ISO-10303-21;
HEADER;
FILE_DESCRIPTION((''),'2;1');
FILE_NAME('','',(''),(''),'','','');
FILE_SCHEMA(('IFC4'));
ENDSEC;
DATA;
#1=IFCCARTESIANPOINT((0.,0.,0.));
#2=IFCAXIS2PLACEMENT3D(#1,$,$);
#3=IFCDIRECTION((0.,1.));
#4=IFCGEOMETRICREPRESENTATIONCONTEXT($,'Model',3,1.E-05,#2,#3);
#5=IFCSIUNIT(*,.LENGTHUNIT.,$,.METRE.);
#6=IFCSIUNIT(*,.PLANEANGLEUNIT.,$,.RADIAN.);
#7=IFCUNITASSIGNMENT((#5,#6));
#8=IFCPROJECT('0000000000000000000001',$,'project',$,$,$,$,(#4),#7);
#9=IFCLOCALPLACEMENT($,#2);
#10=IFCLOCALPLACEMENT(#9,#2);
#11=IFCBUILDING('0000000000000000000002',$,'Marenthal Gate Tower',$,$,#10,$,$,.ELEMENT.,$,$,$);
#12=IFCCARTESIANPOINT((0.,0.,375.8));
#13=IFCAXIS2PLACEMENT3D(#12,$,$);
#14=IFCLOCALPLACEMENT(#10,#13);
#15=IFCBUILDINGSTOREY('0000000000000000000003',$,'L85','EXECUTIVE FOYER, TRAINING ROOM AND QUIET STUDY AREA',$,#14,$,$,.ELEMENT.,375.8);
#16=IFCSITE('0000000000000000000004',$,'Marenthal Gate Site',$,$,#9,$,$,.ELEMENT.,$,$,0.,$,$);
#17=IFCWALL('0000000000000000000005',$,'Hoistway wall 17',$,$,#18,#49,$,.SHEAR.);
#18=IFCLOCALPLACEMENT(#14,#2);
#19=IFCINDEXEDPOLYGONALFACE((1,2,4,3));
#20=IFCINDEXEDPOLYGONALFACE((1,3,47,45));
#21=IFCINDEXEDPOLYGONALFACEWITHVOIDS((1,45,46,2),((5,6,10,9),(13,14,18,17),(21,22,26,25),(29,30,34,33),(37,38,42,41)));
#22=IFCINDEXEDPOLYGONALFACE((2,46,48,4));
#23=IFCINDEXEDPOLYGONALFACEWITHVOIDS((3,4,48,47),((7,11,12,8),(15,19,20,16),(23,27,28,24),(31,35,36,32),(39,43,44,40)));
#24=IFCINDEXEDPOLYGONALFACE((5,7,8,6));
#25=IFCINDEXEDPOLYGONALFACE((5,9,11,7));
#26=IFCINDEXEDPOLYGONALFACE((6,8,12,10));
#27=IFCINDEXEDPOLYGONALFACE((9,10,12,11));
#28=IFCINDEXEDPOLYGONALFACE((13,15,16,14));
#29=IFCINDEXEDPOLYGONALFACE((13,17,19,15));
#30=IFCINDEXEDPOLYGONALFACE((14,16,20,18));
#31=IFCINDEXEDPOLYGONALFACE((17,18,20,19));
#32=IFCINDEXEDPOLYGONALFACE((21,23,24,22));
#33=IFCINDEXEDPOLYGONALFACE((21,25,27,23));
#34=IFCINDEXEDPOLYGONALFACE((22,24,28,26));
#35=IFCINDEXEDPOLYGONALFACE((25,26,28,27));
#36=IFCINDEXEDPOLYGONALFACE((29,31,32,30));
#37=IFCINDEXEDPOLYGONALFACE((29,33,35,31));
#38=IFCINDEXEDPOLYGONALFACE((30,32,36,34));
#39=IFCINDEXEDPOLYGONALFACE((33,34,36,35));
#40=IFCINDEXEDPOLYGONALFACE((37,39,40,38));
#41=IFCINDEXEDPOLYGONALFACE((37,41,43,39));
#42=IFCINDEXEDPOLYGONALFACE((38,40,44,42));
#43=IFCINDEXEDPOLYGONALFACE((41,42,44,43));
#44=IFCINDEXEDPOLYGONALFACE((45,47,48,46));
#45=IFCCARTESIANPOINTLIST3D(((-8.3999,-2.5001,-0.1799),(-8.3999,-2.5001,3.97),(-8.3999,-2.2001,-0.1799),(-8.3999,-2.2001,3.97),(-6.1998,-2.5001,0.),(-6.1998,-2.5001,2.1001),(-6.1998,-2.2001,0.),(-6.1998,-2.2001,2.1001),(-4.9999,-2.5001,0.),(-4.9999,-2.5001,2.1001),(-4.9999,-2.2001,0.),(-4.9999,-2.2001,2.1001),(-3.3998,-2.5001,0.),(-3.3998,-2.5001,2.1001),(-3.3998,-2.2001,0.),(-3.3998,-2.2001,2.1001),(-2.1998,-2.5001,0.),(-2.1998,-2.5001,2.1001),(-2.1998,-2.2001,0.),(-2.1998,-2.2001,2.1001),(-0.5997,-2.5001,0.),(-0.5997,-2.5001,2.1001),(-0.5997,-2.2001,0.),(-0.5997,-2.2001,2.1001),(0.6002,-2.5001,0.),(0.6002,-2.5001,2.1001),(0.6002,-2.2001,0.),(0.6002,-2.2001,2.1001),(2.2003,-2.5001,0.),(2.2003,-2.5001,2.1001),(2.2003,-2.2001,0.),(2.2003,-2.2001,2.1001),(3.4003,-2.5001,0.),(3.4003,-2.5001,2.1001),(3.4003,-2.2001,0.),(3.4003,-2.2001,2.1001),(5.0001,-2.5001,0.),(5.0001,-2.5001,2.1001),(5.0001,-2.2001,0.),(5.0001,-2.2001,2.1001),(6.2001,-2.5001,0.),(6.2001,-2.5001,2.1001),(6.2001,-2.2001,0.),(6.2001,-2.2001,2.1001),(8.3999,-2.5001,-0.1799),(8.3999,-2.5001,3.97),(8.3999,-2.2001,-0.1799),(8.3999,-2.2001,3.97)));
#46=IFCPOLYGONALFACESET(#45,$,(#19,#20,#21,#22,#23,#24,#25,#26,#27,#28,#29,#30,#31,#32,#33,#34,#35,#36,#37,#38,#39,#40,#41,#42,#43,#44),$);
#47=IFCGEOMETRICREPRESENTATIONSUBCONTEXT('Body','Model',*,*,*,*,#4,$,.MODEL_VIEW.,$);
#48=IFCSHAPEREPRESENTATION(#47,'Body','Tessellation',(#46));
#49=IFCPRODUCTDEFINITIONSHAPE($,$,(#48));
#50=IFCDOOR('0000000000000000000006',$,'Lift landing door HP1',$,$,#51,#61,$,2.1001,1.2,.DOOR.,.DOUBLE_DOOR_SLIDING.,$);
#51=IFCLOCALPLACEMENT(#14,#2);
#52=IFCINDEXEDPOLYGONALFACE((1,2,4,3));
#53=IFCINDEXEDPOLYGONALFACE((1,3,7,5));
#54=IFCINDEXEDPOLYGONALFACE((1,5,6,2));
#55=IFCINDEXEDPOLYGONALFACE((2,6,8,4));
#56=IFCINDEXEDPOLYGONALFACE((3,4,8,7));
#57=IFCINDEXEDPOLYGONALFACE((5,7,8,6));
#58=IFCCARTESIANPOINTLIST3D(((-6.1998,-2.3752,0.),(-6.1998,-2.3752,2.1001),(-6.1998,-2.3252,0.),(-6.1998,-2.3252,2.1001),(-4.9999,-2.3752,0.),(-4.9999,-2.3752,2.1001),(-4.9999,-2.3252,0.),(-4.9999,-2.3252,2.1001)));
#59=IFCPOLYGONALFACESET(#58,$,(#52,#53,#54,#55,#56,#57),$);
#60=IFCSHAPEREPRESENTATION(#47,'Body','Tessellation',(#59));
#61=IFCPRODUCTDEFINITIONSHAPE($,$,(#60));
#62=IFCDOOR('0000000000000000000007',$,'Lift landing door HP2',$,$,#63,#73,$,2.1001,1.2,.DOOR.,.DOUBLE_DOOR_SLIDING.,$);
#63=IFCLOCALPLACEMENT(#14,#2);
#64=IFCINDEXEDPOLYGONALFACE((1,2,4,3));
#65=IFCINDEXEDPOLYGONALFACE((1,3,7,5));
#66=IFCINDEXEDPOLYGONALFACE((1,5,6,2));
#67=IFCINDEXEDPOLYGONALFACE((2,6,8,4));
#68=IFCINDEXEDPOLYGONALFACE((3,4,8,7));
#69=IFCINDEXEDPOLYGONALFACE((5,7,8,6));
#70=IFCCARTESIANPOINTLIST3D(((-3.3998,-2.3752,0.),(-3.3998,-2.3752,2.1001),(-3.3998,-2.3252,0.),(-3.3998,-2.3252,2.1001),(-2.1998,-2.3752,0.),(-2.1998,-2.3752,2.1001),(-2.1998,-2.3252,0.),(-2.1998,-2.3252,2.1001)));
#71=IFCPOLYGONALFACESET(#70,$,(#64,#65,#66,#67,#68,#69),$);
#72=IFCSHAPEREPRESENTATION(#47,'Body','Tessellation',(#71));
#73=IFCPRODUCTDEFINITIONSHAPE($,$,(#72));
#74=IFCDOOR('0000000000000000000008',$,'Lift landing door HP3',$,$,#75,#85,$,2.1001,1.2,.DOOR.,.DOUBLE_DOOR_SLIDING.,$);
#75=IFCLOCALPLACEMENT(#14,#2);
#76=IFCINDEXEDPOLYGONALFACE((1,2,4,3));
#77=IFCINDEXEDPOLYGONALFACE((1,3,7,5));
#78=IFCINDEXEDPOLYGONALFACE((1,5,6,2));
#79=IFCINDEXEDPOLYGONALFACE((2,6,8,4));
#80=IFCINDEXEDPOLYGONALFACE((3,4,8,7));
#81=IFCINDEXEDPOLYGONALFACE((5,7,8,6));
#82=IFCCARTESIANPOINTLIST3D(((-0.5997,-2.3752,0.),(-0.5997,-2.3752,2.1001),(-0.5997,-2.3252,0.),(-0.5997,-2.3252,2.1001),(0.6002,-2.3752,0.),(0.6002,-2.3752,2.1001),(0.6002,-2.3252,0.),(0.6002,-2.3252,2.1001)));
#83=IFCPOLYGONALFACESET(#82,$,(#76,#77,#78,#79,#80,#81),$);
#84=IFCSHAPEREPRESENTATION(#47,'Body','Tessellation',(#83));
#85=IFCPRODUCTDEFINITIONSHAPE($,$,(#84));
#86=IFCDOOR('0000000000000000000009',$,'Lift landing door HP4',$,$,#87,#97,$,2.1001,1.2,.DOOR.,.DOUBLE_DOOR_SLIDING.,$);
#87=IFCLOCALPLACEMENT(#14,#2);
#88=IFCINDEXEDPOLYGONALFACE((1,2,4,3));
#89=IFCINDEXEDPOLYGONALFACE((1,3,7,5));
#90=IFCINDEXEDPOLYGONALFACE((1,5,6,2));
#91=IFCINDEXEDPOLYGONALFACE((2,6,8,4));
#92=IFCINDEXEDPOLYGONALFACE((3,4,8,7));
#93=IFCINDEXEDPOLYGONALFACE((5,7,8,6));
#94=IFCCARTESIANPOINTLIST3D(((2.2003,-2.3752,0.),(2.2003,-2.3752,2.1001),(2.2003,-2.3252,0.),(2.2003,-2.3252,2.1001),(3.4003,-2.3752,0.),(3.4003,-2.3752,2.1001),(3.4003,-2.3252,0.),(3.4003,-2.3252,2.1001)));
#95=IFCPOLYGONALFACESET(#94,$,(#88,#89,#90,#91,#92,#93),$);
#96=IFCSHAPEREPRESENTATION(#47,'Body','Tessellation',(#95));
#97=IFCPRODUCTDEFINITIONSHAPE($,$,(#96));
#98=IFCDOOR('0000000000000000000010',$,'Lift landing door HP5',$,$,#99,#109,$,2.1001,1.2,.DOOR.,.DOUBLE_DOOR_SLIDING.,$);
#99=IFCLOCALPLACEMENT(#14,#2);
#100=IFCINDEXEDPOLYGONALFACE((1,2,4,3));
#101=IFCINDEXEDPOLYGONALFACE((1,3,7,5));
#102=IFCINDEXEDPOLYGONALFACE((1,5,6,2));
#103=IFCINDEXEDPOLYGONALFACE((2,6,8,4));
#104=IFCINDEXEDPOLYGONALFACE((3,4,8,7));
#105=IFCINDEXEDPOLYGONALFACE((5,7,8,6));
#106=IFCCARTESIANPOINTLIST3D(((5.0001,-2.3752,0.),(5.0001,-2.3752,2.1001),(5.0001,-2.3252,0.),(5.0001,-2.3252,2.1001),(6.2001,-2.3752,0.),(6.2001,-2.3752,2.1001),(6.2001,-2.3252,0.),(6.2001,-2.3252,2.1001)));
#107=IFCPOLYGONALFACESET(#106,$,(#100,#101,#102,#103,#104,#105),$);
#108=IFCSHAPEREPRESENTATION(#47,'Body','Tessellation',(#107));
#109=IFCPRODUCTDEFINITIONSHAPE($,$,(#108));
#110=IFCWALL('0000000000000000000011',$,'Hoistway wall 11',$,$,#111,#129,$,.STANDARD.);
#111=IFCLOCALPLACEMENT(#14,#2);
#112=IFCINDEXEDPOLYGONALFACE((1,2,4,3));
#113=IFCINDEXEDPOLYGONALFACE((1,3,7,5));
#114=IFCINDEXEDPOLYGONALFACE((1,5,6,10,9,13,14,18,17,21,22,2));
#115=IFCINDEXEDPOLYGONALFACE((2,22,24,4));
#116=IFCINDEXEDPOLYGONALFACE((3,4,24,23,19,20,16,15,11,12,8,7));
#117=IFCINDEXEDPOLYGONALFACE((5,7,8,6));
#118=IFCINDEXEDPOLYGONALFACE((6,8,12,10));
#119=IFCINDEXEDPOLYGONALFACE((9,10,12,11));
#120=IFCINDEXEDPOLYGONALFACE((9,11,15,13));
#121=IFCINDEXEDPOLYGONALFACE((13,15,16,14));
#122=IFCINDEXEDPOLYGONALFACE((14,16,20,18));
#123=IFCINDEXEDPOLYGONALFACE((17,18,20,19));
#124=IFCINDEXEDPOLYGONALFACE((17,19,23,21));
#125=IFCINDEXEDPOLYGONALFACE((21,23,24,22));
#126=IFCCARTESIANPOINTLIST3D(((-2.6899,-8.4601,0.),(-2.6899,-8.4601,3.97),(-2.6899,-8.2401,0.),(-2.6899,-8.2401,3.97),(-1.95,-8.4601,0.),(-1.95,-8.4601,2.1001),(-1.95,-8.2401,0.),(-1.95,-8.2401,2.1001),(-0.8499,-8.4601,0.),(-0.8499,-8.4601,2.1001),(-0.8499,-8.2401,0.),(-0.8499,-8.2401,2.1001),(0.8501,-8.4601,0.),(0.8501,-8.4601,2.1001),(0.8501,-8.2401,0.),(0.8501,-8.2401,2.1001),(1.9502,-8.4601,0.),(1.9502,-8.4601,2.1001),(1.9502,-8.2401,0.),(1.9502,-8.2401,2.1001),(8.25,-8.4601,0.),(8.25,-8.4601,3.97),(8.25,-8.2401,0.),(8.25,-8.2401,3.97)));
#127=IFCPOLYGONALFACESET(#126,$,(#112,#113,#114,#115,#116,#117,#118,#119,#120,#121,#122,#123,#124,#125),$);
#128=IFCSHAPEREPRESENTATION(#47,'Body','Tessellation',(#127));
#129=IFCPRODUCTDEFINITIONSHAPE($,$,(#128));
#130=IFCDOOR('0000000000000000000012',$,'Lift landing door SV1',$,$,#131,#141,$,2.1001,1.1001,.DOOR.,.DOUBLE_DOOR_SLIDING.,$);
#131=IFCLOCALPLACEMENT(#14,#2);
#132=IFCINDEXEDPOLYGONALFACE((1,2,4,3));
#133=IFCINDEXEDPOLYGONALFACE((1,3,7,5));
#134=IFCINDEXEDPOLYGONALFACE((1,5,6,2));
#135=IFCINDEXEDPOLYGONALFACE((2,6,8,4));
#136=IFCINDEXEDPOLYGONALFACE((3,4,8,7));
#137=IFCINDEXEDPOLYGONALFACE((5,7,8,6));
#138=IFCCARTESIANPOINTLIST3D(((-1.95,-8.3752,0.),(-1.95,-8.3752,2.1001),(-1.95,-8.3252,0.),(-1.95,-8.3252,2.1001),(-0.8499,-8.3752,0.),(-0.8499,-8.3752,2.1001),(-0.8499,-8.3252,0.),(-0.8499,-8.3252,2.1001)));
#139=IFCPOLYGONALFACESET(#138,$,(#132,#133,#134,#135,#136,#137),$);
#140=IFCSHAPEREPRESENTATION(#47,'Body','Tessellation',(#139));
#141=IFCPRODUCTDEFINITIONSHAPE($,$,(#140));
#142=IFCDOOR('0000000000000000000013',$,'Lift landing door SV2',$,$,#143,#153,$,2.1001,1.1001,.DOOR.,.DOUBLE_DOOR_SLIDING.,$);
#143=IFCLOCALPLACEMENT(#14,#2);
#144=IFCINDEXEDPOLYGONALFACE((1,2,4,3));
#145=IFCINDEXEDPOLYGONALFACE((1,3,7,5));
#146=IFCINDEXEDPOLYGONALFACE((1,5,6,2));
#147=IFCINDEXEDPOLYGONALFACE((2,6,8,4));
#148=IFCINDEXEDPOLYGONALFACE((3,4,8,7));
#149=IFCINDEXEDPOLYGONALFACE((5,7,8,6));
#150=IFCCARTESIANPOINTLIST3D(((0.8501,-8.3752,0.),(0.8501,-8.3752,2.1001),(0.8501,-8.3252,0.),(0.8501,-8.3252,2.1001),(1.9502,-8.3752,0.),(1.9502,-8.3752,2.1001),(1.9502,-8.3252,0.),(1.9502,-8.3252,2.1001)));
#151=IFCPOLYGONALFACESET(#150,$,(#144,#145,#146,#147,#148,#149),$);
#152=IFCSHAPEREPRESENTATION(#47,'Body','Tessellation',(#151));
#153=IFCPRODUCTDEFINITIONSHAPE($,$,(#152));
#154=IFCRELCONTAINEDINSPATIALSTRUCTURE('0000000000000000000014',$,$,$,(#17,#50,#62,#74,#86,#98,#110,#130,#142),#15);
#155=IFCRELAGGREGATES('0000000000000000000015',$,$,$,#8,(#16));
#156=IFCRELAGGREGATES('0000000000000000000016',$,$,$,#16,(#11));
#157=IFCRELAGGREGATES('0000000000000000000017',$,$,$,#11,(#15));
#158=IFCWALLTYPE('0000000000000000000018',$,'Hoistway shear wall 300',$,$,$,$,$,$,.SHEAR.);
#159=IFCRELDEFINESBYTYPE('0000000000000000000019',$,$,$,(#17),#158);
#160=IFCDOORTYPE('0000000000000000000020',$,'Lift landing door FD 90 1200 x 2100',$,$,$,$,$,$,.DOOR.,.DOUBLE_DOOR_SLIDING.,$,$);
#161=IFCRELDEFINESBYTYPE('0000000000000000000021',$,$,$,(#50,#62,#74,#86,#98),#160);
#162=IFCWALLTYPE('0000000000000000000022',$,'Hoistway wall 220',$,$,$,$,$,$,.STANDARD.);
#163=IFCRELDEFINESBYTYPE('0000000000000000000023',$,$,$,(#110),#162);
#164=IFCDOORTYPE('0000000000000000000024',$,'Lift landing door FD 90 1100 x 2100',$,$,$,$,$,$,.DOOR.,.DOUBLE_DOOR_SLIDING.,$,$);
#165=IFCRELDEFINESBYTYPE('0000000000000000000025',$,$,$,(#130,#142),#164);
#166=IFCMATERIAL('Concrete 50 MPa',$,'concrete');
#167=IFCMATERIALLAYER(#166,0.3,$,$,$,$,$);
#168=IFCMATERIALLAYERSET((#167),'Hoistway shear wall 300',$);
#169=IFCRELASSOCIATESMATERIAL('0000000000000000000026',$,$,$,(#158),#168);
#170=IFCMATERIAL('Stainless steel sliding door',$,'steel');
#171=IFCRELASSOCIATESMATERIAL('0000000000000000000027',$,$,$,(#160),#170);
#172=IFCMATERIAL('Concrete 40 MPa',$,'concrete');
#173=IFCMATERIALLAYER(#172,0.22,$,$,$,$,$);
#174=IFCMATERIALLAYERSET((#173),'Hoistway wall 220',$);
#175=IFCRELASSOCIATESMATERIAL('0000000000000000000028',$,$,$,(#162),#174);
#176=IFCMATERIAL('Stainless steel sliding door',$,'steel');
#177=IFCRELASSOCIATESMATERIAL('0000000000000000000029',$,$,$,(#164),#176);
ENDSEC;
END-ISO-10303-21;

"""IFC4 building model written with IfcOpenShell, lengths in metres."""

from ifc_helpers import new_model, si_unit, direction, frame, frame_2d, origin, place, context, subcontext, project, spatial, rectangle, extrude, material, layer, layer_set, type_object, element, fill, save


model = new_model("IFC4")

# Units and contexts
model_context = context("Model", 3, precision=1e-05, world=origin(), true_north=direction((0.0, 1.0)))
body_context = subcontext(model_context, "Body", "Model", "MODEL_VIEW")
ifc_project = project(units=[si_unit("LENGTHUNIT", "METRE"), si_unit("PLANEANGLEUNIT", "RADIAN")], contexts=[model_context])

# Site, building, storey
site_placement = place(None, origin())
site = spatial("IfcSite", under=ifc_project, at=site_placement, Name="Marenthal Gate Site", CompositionType="ELEMENT", RefElevation=0.0)
building_placement = place(site_placement, origin())
building = spatial("IfcBuilding", under=site, at=building_placement, Name="Marenthal Gate Tower", CompositionType="ELEMENT")
storey_placement = place(building_placement, frame((0.0, 0.0, 375.8)))
storey = spatial("IfcBuildingStorey", under=building, at=storey_placement, Name="L85", Description="EXECUTIVE FOYER, TRAINING ROOM AND QUIET STUDY AREA", CompositionType="ELEMENT", Elevation=375.8)

# Walls, openings, doors
ifc_material_1 = material(Name="Concrete 50 MPa", Category="concrete")
ifc_layer_1 = layer(ifc_material_1, 0.3)
ifc_layer_set_1 = layer_set([ifc_layer_1], Name="Hoistway shear wall 300")
wall_type_1 = type_object("IfcWallType", Name="Hoistway shear wall 300", PredefinedType="SHEAR", material=ifc_layer_set_1)
wall_1_placement = place(storey_placement, frame((-8.3999, -2.3501, -0.1799), z_axis=(0.0, 0.0, 1.0), x_axis=(1.0, 0.0, 0.0)))
wall_1 = element("IfcWall", 1, at=wall_1_placement, inside=storey, type_object=wall_type_1, Name="Hoistway wall 17", PredefinedType="SHEAR", context=body_context, shape_type="SweptSolid", body=[
    extrude(rectangle(XDim=16.7998, YDim=0.3, at=frame_2d((8.3999, 0.0))), origin(), (0.0, 0.0, 1.0), 4.1499),
])
opening_1_placement = place(wall_1_placement, frame((2.2, 0.0, 0.1799)))
opening_1 = element("IfcOpeningElement", 2, at=opening_1_placement, cuts=wall_1, PredefinedType="OPENING", context=body_context, shape_type="SweptSolid", body=[
    extrude(rectangle(XDim=1.2, YDim=2.1001, at=frame_2d((0.6001, 1.05))), frame((0.0, 0.1602, 0.0), z_axis=(0.0, -1.0, 0.0), x_axis=(1.0, 0.0, 0.0)), (0.0, 0.0, 1.0), 0.3201),
])
opening_2_placement = place(wall_1_placement, frame((5.0, 0.0, 0.1799)))
opening_2 = element("IfcOpeningElement", 3, at=opening_2_placement, cuts=wall_1, PredefinedType="OPENING", context=body_context, shape_type="SweptSolid", body=[
    extrude(rectangle(XDim=1.2, YDim=2.1001, at=frame_2d((0.6001, 1.05))), frame((0.0, 0.1602, 0.0), z_axis=(0.0, -1.0, 0.0), x_axis=(1.0, 0.0, 0.0)), (0.0, 0.0, 1.0), 0.3201),
])
opening_3_placement = place(wall_1_placement, frame((7.8, 0.0, 0.1799)))
opening_3 = element("IfcOpeningElement", 4, at=opening_3_placement, cuts=wall_1, PredefinedType="OPENING", context=body_context, shape_type="SweptSolid", body=[
    extrude(rectangle(XDim=1.2, YDim=2.1001, at=frame_2d((0.6001, 1.05))), frame((0.0, 0.1602, 0.0), z_axis=(0.0, -1.0, 0.0), x_axis=(1.0, 0.0, 0.0)), (0.0, 0.0, 1.0), 0.3201),
])
opening_4_placement = place(wall_1_placement, frame((10.6001, 0.0, 0.1799)))
opening_4 = element("IfcOpeningElement", 5, at=opening_4_placement, cuts=wall_1, PredefinedType="OPENING", context=body_context, shape_type="SweptSolid", body=[
    extrude(rectangle(XDim=1.2, YDim=2.1001, at=frame_2d((0.6001, 1.05))), frame((0.0, 0.1602, 0.0), z_axis=(0.0, -1.0, 0.0), x_axis=(1.0, 0.0, 0.0)), (0.0, 0.0, 1.0), 0.3201),
])
opening_5_placement = place(wall_1_placement, frame((13.3999, 0.0, 0.1799)))
opening_5 = element("IfcOpeningElement", 6, at=opening_5_placement, cuts=wall_1, PredefinedType="OPENING", context=body_context, shape_type="SweptSolid", body=[
    extrude(rectangle(XDim=1.2, YDim=2.1001, at=frame_2d((0.6001, 1.05))), frame((0.0, 0.1602, 0.0), z_axis=(0.0, -1.0, 0.0), x_axis=(1.0, 0.0, 0.0)), (0.0, 0.0, 1.0), 0.3201),
])
ifc_material_2 = material(Name="Stainless steel sliding door", Category="steel")
door_type_1 = type_object("IfcDoorType", Name="Lift landing door FD 90 1200 x 2100", OperationType="DOUBLE_DOOR_SLIDING", PredefinedType="DOOR", material=ifc_material_2)
door_1_placement = place(opening_1_placement, origin())
door_1 = element("IfcDoor", 7, at=door_1_placement, inside=storey, type_object=door_type_1, Name="Lift landing door HP1", OperationType="DOUBLE_DOOR_SLIDING", OverallHeight=2.1001, OverallWidth=1.2, PredefinedType="DOOR", context=body_context, shape_type="SweptSolid", body=[
    extrude(rectangle(XDim=1.2, YDim=2.1001, at=frame_2d((0.6001, 1.05))), frame((0.0, 0.0249, 0.0), z_axis=(0.0, -1.0, 0.0), x_axis=(1.0, 0.0, 0.0)), (0.0, 0.0, 1.0), 0.05),
])
fill(opening_1, door_1)
door_2_placement = place(opening_2_placement, origin())
door_2 = element("IfcDoor", 8, at=door_2_placement, inside=storey, type_object=door_type_1, Name="Lift landing door HP2", OperationType="DOUBLE_DOOR_SLIDING", OverallHeight=2.1001, OverallWidth=1.2, PredefinedType="DOOR", context=body_context, shape_type="SweptSolid", body=[
    extrude(rectangle(XDim=1.2, YDim=2.1001, at=frame_2d((0.6001, 1.05))), frame((0.0, 0.0249, 0.0), z_axis=(0.0, -1.0, 0.0), x_axis=(1.0, 0.0, 0.0)), (0.0, 0.0, 1.0), 0.05),
])
fill(opening_2, door_2)
door_3_placement = place(opening_3_placement, origin())
door_3 = element("IfcDoor", 9, at=door_3_placement, inside=storey, type_object=door_type_1, Name="Lift landing door HP3", OperationType="DOUBLE_DOOR_SLIDING", OverallHeight=2.1001, OverallWidth=1.2, PredefinedType="DOOR", context=body_context, shape_type="SweptSolid", body=[
    extrude(rectangle(XDim=1.2, YDim=2.1001, at=frame_2d((0.6001, 1.05))), frame((0.0, 0.0249, 0.0), z_axis=(0.0, -1.0, 0.0), x_axis=(1.0, 0.0, 0.0)), (0.0, 0.0, 1.0), 0.05),
])
fill(opening_3, door_3)
door_4_placement = place(opening_4_placement, origin())
door_4 = element("IfcDoor", 10, at=door_4_placement, inside=storey, type_object=door_type_1, Name="Lift landing door HP4", OperationType="DOUBLE_DOOR_SLIDING", OverallHeight=2.1001, OverallWidth=1.2, PredefinedType="DOOR", context=body_context, shape_type="SweptSolid", body=[
    extrude(rectangle(XDim=1.2, YDim=2.1001, at=frame_2d((0.6001, 1.05))), frame((0.0, 0.0249, 0.0), z_axis=(0.0, -1.0, 0.0), x_axis=(1.0, 0.0, 0.0)), (0.0, 0.0, 1.0), 0.05),
])
fill(opening_4, door_4)
door_5_placement = place(opening_5_placement, origin())
door_5 = element("IfcDoor", 11, at=door_5_placement, inside=storey, type_object=door_type_1, Name="Lift landing door HP5", OperationType="DOUBLE_DOOR_SLIDING", OverallHeight=2.1001, OverallWidth=1.2, PredefinedType="DOOR", context=body_context, shape_type="SweptSolid", body=[
    extrude(rectangle(XDim=1.2, YDim=2.1001, at=frame_2d((0.6001, 1.05))), frame((0.0, 0.0249, 0.0), z_axis=(0.0, -1.0, 0.0), x_axis=(1.0, 0.0, 0.0)), (0.0, 0.0, 1.0), 0.05),
])
fill(opening_5, door_5)
ifc_material_3 = material(Name="Concrete 40 MPa", Category="concrete")
ifc_layer_2 = layer(ifc_material_3, 0.22)
ifc_layer_set_2 = layer_set([ifc_layer_2], Name="Hoistway wall 220")
wall_type_2 = type_object("IfcWallType", Name="Hoistway wall 220", PredefinedType="STANDARD", material=ifc_layer_set_2)
wall_2_placement = place(storey_placement, frame((-2.6899, -8.3501, 0.0), z_axis=(0.0, 0.0, 1.0), x_axis=(1.0, 0.0, 0.0)))
wall_2 = element("IfcWall", 12, at=wall_2_placement, inside=storey, type_object=wall_type_2, Name="Hoistway wall 11", PredefinedType="STANDARD", context=body_context, shape_type="SweptSolid", body=[
    extrude(rectangle(XDim=10.9399, YDim=0.22, at=frame_2d((5.47, 0.0))), origin(), (0.0, 0.0, 1.0), 3.97),
])
opening_6_placement = place(wall_2_placement, frame((0.74, 0.0, 0.0)))
opening_6 = element("IfcOpeningElement", 13, at=opening_6_placement, cuts=wall_2, PredefinedType="OPENING", context=body_context, shape_type="SweptSolid", body=[
    extrude(rectangle(XDim=1.1001, YDim=2.1001, at=frame_2d((0.55, 1.05))), frame((0.0, 0.1201, 0.0), z_axis=(0.0, -1.0, 0.0), x_axis=(1.0, 0.0, 0.0)), (0.0, 0.0, 1.0), 0.24),
])
opening_7_placement = place(wall_2_placement, frame((3.54, 0.0, 0.0)))
opening_7 = element("IfcOpeningElement", 14, at=opening_7_placement, cuts=wall_2, PredefinedType="OPENING", context=body_context, shape_type="SweptSolid", body=[
    extrude(rectangle(XDim=1.1001, YDim=2.1001, at=frame_2d((0.55, 1.05))), frame((0.0, 0.1201, 0.0), z_axis=(0.0, -1.0, 0.0), x_axis=(1.0, 0.0, 0.0)), (0.0, 0.0, 1.0), 0.24),
])
ifc_material_4 = material(Name="Stainless steel sliding door", Category="steel")
door_type_2 = type_object("IfcDoorType", Name="Lift landing door FD 90 1100 x 2100", OperationType="DOUBLE_DOOR_SLIDING", PredefinedType="DOOR", material=ifc_material_4)
door_6_placement = place(opening_6_placement, origin())
door_6 = element("IfcDoor", 15, at=door_6_placement, inside=storey, type_object=door_type_2, Name="Lift landing door SV1", OperationType="DOUBLE_DOOR_SLIDING", OverallHeight=2.1001, OverallWidth=1.1001, PredefinedType="DOOR", context=body_context, shape_type="SweptSolid", body=[
    extrude(rectangle(XDim=1.1001, YDim=2.1001, at=frame_2d((0.55, 1.05))), frame((0.0, 0.0249, 0.0), z_axis=(0.0, -1.0, 0.0), x_axis=(1.0, 0.0, 0.0)), (0.0, 0.0, 1.0), 0.05),
])
fill(opening_6, door_6)
door_7_placement = place(opening_7_placement, origin())
door_7 = element("IfcDoor", 16, at=door_7_placement, inside=storey, type_object=door_type_2, Name="Lift landing door SV2", OperationType="DOUBLE_DOOR_SLIDING", OverallHeight=2.1001, OverallWidth=1.1001, PredefinedType="DOOR", context=body_context, shape_type="SweptSolid", body=[
    extrude(rectangle(XDim=1.1001, YDim=2.1001, at=frame_2d((0.55, 1.05))), frame((0.0, 0.0249, 0.0), z_axis=(0.0, -1.0, 0.0), x_axis=(1.0, 0.0, 0.0)), (0.0, 0.0, 1.0), 0.05),
])
fill(opening_7, door_7)

save(model, "model.ifc")
